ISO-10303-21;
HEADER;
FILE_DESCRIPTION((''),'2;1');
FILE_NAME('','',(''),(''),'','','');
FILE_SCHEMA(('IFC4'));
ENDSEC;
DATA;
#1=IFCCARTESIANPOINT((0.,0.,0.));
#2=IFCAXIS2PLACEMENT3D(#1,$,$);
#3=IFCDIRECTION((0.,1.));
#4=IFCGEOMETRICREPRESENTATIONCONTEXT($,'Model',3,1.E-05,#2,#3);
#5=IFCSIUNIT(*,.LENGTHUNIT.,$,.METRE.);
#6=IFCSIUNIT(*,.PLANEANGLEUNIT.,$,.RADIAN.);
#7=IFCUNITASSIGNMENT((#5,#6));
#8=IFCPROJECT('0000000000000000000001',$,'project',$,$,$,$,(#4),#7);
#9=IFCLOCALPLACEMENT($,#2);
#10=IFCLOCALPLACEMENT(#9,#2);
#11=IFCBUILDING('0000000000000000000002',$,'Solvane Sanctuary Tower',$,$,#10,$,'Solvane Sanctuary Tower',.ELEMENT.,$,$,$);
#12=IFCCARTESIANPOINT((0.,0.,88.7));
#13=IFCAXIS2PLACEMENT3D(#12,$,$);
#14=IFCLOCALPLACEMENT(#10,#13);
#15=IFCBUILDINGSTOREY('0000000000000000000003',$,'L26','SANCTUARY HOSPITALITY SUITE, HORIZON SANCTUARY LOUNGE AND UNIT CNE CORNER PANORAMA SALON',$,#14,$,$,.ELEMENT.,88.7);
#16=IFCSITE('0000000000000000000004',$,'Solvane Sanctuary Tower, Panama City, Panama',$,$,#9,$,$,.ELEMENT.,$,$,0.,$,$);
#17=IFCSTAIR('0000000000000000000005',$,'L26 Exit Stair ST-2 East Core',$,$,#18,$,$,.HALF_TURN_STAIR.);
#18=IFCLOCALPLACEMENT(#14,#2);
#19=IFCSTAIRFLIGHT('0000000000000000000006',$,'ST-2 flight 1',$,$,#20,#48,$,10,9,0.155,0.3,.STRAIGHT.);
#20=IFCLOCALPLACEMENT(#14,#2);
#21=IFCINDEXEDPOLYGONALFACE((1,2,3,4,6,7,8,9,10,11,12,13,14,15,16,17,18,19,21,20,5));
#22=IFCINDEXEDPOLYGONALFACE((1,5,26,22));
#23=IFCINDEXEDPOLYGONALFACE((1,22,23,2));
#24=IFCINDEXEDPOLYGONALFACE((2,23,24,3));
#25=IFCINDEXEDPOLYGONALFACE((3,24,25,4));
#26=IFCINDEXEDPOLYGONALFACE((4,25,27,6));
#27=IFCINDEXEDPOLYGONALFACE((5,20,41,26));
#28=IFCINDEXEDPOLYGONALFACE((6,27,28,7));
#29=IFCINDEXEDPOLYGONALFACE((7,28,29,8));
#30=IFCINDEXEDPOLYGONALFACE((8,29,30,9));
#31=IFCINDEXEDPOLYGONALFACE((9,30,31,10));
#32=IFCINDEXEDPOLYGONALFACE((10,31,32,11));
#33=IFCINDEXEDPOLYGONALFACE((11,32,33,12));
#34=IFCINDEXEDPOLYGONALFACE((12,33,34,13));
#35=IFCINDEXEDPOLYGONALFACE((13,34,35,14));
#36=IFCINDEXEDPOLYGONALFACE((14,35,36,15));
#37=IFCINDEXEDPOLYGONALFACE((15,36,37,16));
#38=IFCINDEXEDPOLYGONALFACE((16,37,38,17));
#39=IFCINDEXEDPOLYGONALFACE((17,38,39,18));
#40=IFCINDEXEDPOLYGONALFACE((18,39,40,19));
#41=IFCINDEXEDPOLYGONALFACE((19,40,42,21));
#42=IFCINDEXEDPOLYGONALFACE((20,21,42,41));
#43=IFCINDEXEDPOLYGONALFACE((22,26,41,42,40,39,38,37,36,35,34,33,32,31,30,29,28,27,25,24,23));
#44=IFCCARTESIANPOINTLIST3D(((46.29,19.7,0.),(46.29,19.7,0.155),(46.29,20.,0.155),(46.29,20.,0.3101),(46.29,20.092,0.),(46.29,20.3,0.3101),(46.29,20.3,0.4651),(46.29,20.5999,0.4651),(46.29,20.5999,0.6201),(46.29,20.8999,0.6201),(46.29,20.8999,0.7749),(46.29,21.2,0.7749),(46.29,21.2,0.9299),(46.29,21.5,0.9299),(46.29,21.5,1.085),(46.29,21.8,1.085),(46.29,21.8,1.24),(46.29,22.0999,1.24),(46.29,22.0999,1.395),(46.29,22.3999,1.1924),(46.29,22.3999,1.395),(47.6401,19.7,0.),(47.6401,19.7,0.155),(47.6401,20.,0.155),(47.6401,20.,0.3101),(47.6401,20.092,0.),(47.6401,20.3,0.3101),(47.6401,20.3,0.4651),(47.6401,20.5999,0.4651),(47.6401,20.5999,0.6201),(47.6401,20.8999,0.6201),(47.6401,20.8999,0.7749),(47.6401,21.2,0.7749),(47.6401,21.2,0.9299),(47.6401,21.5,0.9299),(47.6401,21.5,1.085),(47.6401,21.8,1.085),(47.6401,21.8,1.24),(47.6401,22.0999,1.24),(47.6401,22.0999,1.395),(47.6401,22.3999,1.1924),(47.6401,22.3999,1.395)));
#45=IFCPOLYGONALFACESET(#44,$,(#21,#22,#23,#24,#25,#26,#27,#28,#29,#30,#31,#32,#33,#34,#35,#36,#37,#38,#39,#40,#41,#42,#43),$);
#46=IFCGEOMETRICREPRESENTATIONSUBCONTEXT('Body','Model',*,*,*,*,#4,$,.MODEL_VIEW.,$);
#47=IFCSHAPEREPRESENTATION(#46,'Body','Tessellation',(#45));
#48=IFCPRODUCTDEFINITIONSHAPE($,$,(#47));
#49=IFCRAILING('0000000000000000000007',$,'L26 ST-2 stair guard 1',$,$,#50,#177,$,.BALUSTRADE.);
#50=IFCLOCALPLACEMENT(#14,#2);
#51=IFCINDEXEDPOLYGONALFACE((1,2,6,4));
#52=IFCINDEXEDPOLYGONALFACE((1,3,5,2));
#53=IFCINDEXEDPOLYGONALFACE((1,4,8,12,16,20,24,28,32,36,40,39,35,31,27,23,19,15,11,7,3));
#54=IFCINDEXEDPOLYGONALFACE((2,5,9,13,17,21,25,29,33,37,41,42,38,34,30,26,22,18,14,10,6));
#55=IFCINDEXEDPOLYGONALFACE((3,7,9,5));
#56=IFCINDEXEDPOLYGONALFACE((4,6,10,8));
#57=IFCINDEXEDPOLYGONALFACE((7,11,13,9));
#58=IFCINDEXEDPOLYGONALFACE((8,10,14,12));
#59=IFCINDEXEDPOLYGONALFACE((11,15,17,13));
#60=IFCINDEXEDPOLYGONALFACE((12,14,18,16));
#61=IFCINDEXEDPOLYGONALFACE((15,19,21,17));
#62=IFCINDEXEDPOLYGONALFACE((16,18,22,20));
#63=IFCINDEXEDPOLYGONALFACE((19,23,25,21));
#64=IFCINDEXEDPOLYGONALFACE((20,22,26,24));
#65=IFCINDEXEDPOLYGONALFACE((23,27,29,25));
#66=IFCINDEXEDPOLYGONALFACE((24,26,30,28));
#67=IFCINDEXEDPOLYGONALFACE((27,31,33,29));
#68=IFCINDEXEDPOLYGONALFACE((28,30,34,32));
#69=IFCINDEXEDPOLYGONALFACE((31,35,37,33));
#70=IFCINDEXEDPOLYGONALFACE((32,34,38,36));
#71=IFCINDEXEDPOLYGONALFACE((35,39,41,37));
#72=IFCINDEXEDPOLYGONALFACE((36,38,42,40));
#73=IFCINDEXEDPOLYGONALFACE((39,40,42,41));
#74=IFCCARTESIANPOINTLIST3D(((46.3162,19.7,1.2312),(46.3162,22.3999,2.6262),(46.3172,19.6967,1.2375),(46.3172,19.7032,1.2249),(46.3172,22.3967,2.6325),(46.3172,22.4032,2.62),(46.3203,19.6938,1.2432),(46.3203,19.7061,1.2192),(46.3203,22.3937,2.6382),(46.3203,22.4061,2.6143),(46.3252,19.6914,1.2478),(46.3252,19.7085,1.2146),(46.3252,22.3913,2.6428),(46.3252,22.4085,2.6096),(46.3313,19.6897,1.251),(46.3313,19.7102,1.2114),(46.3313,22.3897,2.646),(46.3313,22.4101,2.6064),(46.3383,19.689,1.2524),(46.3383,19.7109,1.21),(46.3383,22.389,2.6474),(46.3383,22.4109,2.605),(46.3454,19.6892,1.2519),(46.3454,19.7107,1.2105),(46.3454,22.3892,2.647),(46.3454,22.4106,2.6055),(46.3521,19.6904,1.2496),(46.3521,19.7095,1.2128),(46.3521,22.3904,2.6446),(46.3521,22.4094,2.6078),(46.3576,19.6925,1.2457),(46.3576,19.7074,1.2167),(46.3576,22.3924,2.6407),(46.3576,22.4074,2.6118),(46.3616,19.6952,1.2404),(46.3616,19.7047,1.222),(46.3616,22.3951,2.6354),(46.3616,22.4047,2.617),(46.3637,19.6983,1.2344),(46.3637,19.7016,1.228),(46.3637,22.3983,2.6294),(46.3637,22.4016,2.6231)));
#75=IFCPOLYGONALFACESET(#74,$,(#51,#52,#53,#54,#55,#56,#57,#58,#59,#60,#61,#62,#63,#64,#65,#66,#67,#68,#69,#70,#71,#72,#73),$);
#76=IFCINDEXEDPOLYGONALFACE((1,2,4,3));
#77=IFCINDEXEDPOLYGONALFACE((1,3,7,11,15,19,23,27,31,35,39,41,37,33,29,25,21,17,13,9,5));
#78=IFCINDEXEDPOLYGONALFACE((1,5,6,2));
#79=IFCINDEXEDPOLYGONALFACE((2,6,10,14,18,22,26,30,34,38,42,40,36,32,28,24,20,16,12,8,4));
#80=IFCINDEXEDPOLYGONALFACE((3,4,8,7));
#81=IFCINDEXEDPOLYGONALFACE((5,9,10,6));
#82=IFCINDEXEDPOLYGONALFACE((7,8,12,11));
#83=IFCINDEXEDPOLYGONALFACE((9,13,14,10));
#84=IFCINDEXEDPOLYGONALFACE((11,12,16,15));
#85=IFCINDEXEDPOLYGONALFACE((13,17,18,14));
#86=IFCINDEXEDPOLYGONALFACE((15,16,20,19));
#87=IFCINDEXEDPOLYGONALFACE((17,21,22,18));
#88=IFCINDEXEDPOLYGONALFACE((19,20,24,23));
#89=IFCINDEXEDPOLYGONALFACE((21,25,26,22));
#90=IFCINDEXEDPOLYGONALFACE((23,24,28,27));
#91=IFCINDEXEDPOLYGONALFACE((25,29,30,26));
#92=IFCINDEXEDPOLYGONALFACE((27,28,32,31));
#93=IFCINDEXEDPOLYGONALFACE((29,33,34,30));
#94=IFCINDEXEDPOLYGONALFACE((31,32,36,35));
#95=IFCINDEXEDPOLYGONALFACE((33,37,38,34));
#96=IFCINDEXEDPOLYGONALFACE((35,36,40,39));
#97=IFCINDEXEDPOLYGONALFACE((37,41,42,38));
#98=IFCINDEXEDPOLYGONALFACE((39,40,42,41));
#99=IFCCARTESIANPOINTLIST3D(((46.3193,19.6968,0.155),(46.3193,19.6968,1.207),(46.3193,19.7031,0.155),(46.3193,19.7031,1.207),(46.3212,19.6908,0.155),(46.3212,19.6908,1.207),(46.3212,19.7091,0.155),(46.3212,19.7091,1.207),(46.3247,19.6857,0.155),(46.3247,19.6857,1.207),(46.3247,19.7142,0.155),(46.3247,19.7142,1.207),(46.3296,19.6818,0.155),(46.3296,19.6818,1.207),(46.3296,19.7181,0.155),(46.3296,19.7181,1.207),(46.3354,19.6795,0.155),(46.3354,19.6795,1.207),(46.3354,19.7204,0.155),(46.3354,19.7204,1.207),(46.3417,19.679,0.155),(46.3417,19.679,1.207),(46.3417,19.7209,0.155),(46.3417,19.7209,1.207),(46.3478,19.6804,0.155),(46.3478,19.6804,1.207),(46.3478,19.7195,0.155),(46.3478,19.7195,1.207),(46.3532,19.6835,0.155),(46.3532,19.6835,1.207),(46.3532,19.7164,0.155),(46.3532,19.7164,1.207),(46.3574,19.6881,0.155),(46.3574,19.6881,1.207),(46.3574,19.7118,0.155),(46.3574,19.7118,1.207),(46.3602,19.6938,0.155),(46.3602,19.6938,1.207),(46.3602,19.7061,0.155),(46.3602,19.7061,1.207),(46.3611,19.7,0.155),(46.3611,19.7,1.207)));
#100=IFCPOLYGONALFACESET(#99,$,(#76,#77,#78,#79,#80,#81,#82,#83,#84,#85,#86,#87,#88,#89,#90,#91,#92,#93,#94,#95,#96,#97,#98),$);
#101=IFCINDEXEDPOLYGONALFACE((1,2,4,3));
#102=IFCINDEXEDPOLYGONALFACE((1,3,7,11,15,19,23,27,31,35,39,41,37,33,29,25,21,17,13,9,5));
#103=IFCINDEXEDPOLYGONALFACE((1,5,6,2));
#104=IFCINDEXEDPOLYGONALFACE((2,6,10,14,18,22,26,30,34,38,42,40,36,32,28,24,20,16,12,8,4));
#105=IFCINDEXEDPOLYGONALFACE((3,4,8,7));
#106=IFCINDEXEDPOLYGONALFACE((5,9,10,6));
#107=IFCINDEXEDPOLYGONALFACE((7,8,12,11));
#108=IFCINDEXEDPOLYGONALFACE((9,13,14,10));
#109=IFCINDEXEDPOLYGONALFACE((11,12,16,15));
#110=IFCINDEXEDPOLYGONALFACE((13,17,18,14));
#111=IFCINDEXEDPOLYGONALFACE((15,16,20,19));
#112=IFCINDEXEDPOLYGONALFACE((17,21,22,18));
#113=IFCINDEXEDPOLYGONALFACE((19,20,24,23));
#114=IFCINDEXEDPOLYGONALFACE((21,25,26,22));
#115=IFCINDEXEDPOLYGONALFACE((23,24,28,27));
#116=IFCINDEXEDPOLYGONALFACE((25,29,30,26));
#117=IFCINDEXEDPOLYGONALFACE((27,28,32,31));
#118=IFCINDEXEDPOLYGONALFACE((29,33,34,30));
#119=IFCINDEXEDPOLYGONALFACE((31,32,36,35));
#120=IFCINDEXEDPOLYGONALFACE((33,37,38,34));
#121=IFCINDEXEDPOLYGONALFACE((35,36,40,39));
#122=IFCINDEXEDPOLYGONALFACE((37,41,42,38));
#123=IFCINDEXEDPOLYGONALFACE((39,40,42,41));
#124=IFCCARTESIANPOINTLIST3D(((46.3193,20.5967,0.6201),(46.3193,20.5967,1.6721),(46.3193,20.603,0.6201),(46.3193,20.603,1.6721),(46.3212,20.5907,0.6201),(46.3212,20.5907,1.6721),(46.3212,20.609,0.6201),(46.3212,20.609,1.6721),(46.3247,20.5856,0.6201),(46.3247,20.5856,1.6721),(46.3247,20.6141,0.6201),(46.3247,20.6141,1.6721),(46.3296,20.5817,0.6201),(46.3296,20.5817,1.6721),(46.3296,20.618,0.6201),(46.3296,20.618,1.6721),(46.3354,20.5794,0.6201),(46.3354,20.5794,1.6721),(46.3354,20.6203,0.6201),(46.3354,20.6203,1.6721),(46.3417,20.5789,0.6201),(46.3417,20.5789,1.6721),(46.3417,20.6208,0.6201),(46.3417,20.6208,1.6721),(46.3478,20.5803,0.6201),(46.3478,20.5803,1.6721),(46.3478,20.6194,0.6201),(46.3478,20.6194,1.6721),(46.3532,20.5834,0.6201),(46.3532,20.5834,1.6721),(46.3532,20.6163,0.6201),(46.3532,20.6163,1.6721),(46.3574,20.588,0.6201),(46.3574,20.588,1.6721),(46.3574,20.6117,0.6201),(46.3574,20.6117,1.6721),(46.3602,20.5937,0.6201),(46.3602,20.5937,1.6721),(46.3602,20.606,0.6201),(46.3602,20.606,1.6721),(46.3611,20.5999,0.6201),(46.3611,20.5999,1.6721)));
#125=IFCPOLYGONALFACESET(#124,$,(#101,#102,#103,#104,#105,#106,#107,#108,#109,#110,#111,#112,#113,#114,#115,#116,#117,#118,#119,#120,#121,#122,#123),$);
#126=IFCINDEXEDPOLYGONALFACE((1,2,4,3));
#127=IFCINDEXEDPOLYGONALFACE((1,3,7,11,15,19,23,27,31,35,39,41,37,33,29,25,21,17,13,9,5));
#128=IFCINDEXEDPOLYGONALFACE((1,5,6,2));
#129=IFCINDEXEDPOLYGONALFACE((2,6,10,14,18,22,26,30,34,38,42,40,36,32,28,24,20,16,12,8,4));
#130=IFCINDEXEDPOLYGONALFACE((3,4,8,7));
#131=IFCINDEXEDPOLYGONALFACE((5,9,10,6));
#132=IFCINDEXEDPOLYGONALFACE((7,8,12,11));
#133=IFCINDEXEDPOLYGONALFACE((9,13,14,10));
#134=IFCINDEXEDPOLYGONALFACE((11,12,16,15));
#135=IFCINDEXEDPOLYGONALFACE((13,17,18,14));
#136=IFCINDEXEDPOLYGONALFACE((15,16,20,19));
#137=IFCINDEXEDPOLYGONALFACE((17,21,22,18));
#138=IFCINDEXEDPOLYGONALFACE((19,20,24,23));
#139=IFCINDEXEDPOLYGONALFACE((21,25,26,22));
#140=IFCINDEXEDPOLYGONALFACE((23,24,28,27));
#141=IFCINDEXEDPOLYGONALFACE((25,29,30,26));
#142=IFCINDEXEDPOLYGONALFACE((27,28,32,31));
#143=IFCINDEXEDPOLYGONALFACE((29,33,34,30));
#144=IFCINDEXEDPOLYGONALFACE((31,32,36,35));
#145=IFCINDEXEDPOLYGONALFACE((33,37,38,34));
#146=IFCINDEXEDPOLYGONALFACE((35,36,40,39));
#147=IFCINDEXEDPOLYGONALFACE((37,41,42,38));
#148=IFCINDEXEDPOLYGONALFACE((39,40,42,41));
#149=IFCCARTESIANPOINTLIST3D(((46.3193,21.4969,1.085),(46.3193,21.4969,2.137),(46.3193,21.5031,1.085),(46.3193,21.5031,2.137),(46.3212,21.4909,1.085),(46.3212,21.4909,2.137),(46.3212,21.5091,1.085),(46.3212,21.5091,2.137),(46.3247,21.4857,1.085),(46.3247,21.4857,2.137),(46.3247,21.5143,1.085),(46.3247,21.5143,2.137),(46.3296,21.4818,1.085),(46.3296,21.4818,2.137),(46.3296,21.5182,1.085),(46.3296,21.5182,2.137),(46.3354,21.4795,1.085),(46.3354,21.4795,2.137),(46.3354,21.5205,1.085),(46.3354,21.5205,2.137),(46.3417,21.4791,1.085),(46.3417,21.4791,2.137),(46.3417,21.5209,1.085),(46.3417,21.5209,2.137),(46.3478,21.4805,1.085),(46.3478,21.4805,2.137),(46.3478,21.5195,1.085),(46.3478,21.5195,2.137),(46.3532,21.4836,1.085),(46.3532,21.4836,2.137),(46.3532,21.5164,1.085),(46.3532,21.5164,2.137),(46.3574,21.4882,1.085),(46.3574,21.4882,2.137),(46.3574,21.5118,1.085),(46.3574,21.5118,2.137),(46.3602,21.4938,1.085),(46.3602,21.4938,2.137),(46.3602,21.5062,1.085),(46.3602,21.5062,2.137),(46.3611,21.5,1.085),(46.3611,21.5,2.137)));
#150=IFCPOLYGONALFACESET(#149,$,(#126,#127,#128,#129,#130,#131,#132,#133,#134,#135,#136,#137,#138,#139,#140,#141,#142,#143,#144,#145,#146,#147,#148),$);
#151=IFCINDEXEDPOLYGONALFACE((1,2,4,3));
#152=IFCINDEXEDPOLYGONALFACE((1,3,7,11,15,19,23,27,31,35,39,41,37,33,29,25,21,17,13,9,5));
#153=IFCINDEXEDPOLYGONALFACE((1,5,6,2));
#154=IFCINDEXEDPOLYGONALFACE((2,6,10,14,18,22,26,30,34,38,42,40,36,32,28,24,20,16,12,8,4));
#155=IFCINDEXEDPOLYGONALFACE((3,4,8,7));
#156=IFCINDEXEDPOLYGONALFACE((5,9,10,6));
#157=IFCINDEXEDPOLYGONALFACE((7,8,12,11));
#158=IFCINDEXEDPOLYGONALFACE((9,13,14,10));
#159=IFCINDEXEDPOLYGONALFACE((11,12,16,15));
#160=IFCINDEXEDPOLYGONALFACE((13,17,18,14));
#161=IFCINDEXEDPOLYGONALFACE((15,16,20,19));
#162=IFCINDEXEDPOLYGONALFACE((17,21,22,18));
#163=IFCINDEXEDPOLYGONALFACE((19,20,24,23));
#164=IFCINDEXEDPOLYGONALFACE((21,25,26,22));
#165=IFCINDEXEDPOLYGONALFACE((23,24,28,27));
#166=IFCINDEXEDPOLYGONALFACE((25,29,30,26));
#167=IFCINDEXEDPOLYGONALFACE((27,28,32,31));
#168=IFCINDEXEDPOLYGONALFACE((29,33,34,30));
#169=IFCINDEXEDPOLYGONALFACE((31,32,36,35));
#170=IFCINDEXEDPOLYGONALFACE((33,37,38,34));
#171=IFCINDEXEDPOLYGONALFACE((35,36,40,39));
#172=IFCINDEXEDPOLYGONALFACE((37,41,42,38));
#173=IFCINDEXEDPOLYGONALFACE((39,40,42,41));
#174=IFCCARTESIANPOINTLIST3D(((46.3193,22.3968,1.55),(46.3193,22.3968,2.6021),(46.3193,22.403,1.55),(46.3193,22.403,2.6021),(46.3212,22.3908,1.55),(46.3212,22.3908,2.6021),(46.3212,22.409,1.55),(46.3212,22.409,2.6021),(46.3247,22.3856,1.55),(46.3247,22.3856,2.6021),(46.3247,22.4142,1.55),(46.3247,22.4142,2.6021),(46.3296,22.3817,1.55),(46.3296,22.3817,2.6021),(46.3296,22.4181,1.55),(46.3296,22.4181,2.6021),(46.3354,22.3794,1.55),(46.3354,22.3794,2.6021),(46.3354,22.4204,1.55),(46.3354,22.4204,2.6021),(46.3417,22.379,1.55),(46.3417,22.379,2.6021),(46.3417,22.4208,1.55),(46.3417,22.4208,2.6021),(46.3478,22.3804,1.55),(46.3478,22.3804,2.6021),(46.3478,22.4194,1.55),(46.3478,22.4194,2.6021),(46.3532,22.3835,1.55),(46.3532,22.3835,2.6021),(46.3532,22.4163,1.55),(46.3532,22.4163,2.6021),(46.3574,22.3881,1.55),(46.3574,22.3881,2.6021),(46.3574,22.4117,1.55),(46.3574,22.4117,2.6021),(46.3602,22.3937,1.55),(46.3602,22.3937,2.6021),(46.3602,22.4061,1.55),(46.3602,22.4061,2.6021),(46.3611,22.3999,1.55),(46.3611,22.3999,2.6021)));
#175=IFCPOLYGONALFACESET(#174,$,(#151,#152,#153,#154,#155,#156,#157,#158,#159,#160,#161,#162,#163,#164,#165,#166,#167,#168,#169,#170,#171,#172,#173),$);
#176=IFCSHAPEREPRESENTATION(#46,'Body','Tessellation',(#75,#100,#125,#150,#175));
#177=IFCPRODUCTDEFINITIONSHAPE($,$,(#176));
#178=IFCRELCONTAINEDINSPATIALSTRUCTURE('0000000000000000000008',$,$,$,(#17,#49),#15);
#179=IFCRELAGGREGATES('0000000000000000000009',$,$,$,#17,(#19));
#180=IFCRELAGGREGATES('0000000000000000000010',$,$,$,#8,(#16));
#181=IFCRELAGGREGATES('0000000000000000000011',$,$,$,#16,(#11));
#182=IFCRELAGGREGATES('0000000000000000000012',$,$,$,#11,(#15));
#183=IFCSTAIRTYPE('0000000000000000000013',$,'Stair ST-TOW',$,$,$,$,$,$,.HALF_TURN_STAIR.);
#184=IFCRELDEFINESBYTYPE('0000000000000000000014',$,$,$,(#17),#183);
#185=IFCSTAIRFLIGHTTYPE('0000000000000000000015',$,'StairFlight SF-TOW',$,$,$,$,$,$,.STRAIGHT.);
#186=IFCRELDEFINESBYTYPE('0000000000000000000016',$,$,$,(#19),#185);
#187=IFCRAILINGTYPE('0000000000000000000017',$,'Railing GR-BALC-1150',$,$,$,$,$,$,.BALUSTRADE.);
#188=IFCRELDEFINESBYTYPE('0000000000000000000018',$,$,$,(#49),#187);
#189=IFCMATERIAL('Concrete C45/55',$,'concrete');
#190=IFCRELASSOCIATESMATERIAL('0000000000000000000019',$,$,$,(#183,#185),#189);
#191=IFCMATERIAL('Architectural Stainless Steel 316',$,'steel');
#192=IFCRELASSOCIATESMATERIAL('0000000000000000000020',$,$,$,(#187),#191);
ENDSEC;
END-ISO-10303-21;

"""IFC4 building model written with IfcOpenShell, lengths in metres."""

from ifc_helpers import new_model, si_unit, direction, frame, origin, origin_2d, place, context, subcontext, project, spatial, polyline, circle, outline, extrude, material, type_object, element, aggregate, save


model = new_model("IFC4")

# Units and contexts
model_context = context("Model", 3, precision=1e-05, world=origin(), true_north=direction((0.0, 1.0)))
body_context = subcontext(model_context, "Body", "Model", "MODEL_VIEW")
ifc_project = project(units=[si_unit("LENGTHUNIT", "METRE"), si_unit("PLANEANGLEUNIT", "RADIAN")], contexts=[model_context])

# Site, building, storey
site_placement = place(None, origin())
site = spatial("IfcSite", under=ifc_project, at=site_placement, Name="Solvane Sanctuary Tower, Panama City, Panama", CompositionType="ELEMENT", RefElevation=0.0)
building_placement = place(site_placement, origin())
building = spatial("IfcBuilding", under=site, at=building_placement, Name="Solvane Sanctuary Tower", LongName="Solvane Sanctuary Tower", CompositionType="ELEMENT")
storey_placement = place(building_placement, frame((0.0, 0.0, 88.7)))
storey = spatial("IfcBuildingStorey", under=building, at=storey_placement, Name="L26", Description="SANCTUARY HOSPITALITY SUITE, HORIZON SANCTUARY LOUNGE AND UNIT CNE CORNER PANORAMA SALON", CompositionType="ELEMENT", Elevation=88.7)

# Shared definitions
ifc_material_1 = material(Name="Architectural Stainless Steel 316", Category="steel")

# Stair, stair flight
ifc_material_2 = material(Name="Concrete C45/55", Category="concrete")
stair_type = type_object("IfcStairType", Name="Stair ST-TOW", PredefinedType="HALF_TURN_STAIR", material=ifc_material_2)
stair_placement = place(storey_placement, origin())
stair = element("IfcStair", 1, at=stair_placement, inside=storey, type_object=stair_type, Name="L26 Exit Stair ST-2 East Core", PredefinedType="HALF_TURN_STAIR")
stair_flight_type = type_object("IfcStairFlightType", Name="StairFlight SF-TOW", PredefinedType="STRAIGHT", material=ifc_material_2)
stair_flight_placement = place(storey_placement, frame((46.9651, 19.7, 0.0), z_axis=(0.0, 0.0, 1.0), x_axis=(0.0, 1.0, 0.0)))
stair_flight = element("IfcStairFlight", 2, at=stair_flight_placement, type_object=stair_flight_type, Name="ST-2 flight 1", NumberOfRisers=10, NumberOfTreads=9, PredefinedType="STRAIGHT", RiserHeight=0.155, TreadLength=0.3, context=body_context, shape_type="SweptSolid", body=[
    extrude(outline(polyline([(0.0, 0.0), (0.0, 0.155), (0.3, 0.155), (0.3, 0.3101), (0.6001, 0.3101), (0.6001, 0.4651), (0.8999, 0.4651), (0.8999, 0.6201), (1.2, 0.6201), (1.2, 0.7749), (1.5, 0.7749), (1.5, 0.9299), (1.8, 0.9299), (1.8, 1.085), (2.1001, 1.085), (2.1001, 1.24), (2.3999, 1.24), (2.3999, 1.395), (2.7, 1.395), (2.7, 1.55), (2.7, 1.1924), (0.3921, 0.0), (0.0, 0.0)])), frame((0.0, 0.675, 0.0), z_axis=(0.0, -1.0, 0.0), x_axis=(1.0, 0.0, 0.0)), (0.0, 0.0, 1.0), 1.3501),
])
aggregate(stair, [stair_flight])

# Railing
railing_type = type_object("IfcRailingType", Name="Railing GR-BALC-1150", PredefinedType="BALUSTRADE", material=ifc_material_1)
railing_1_placement = place(storey_placement, frame((46.3401, 19.7, 0.155)))
element("IfcRailing", 3, at=railing_1_placement, inside=storey, type_object=railing_type, Name="L26 ST-2 stair guard 1", PredefinedType="BALUSTRADE", context=body_context, shape_type="SweptSolid", body=[
    extrude(circle(Radius=0.0239, at=origin_2d()), frame((0.0, 0.0, 1.0762), z_axis=(0.0, 0.88842, 0.459032), x_axis=(-1.0, 0.0, 0.0)), (0.0, 0.0, 1.0), 3.0391),
    extrude(circle(Radius=0.021, at=origin_2d()), origin(), (0.0, 0.0, 1.0), 1.052),
    extrude(circle(Radius=0.021, at=origin_2d()), frame((0.0, 0.8999, 0.4651)), (0.0, 0.0, 1.0), 1.052),
    extrude(circle(Radius=0.021, at=origin_2d()), frame((0.0, 1.8, 0.9299)), (0.0, 0.0, 1.0), 1.052),
    extrude(circle(Radius=0.021, at=origin_2d()), frame((0.0, 2.7, 1.395)), (0.0, 0.0, 1.0), 1.052),
])

save(model, "model.ifc")
